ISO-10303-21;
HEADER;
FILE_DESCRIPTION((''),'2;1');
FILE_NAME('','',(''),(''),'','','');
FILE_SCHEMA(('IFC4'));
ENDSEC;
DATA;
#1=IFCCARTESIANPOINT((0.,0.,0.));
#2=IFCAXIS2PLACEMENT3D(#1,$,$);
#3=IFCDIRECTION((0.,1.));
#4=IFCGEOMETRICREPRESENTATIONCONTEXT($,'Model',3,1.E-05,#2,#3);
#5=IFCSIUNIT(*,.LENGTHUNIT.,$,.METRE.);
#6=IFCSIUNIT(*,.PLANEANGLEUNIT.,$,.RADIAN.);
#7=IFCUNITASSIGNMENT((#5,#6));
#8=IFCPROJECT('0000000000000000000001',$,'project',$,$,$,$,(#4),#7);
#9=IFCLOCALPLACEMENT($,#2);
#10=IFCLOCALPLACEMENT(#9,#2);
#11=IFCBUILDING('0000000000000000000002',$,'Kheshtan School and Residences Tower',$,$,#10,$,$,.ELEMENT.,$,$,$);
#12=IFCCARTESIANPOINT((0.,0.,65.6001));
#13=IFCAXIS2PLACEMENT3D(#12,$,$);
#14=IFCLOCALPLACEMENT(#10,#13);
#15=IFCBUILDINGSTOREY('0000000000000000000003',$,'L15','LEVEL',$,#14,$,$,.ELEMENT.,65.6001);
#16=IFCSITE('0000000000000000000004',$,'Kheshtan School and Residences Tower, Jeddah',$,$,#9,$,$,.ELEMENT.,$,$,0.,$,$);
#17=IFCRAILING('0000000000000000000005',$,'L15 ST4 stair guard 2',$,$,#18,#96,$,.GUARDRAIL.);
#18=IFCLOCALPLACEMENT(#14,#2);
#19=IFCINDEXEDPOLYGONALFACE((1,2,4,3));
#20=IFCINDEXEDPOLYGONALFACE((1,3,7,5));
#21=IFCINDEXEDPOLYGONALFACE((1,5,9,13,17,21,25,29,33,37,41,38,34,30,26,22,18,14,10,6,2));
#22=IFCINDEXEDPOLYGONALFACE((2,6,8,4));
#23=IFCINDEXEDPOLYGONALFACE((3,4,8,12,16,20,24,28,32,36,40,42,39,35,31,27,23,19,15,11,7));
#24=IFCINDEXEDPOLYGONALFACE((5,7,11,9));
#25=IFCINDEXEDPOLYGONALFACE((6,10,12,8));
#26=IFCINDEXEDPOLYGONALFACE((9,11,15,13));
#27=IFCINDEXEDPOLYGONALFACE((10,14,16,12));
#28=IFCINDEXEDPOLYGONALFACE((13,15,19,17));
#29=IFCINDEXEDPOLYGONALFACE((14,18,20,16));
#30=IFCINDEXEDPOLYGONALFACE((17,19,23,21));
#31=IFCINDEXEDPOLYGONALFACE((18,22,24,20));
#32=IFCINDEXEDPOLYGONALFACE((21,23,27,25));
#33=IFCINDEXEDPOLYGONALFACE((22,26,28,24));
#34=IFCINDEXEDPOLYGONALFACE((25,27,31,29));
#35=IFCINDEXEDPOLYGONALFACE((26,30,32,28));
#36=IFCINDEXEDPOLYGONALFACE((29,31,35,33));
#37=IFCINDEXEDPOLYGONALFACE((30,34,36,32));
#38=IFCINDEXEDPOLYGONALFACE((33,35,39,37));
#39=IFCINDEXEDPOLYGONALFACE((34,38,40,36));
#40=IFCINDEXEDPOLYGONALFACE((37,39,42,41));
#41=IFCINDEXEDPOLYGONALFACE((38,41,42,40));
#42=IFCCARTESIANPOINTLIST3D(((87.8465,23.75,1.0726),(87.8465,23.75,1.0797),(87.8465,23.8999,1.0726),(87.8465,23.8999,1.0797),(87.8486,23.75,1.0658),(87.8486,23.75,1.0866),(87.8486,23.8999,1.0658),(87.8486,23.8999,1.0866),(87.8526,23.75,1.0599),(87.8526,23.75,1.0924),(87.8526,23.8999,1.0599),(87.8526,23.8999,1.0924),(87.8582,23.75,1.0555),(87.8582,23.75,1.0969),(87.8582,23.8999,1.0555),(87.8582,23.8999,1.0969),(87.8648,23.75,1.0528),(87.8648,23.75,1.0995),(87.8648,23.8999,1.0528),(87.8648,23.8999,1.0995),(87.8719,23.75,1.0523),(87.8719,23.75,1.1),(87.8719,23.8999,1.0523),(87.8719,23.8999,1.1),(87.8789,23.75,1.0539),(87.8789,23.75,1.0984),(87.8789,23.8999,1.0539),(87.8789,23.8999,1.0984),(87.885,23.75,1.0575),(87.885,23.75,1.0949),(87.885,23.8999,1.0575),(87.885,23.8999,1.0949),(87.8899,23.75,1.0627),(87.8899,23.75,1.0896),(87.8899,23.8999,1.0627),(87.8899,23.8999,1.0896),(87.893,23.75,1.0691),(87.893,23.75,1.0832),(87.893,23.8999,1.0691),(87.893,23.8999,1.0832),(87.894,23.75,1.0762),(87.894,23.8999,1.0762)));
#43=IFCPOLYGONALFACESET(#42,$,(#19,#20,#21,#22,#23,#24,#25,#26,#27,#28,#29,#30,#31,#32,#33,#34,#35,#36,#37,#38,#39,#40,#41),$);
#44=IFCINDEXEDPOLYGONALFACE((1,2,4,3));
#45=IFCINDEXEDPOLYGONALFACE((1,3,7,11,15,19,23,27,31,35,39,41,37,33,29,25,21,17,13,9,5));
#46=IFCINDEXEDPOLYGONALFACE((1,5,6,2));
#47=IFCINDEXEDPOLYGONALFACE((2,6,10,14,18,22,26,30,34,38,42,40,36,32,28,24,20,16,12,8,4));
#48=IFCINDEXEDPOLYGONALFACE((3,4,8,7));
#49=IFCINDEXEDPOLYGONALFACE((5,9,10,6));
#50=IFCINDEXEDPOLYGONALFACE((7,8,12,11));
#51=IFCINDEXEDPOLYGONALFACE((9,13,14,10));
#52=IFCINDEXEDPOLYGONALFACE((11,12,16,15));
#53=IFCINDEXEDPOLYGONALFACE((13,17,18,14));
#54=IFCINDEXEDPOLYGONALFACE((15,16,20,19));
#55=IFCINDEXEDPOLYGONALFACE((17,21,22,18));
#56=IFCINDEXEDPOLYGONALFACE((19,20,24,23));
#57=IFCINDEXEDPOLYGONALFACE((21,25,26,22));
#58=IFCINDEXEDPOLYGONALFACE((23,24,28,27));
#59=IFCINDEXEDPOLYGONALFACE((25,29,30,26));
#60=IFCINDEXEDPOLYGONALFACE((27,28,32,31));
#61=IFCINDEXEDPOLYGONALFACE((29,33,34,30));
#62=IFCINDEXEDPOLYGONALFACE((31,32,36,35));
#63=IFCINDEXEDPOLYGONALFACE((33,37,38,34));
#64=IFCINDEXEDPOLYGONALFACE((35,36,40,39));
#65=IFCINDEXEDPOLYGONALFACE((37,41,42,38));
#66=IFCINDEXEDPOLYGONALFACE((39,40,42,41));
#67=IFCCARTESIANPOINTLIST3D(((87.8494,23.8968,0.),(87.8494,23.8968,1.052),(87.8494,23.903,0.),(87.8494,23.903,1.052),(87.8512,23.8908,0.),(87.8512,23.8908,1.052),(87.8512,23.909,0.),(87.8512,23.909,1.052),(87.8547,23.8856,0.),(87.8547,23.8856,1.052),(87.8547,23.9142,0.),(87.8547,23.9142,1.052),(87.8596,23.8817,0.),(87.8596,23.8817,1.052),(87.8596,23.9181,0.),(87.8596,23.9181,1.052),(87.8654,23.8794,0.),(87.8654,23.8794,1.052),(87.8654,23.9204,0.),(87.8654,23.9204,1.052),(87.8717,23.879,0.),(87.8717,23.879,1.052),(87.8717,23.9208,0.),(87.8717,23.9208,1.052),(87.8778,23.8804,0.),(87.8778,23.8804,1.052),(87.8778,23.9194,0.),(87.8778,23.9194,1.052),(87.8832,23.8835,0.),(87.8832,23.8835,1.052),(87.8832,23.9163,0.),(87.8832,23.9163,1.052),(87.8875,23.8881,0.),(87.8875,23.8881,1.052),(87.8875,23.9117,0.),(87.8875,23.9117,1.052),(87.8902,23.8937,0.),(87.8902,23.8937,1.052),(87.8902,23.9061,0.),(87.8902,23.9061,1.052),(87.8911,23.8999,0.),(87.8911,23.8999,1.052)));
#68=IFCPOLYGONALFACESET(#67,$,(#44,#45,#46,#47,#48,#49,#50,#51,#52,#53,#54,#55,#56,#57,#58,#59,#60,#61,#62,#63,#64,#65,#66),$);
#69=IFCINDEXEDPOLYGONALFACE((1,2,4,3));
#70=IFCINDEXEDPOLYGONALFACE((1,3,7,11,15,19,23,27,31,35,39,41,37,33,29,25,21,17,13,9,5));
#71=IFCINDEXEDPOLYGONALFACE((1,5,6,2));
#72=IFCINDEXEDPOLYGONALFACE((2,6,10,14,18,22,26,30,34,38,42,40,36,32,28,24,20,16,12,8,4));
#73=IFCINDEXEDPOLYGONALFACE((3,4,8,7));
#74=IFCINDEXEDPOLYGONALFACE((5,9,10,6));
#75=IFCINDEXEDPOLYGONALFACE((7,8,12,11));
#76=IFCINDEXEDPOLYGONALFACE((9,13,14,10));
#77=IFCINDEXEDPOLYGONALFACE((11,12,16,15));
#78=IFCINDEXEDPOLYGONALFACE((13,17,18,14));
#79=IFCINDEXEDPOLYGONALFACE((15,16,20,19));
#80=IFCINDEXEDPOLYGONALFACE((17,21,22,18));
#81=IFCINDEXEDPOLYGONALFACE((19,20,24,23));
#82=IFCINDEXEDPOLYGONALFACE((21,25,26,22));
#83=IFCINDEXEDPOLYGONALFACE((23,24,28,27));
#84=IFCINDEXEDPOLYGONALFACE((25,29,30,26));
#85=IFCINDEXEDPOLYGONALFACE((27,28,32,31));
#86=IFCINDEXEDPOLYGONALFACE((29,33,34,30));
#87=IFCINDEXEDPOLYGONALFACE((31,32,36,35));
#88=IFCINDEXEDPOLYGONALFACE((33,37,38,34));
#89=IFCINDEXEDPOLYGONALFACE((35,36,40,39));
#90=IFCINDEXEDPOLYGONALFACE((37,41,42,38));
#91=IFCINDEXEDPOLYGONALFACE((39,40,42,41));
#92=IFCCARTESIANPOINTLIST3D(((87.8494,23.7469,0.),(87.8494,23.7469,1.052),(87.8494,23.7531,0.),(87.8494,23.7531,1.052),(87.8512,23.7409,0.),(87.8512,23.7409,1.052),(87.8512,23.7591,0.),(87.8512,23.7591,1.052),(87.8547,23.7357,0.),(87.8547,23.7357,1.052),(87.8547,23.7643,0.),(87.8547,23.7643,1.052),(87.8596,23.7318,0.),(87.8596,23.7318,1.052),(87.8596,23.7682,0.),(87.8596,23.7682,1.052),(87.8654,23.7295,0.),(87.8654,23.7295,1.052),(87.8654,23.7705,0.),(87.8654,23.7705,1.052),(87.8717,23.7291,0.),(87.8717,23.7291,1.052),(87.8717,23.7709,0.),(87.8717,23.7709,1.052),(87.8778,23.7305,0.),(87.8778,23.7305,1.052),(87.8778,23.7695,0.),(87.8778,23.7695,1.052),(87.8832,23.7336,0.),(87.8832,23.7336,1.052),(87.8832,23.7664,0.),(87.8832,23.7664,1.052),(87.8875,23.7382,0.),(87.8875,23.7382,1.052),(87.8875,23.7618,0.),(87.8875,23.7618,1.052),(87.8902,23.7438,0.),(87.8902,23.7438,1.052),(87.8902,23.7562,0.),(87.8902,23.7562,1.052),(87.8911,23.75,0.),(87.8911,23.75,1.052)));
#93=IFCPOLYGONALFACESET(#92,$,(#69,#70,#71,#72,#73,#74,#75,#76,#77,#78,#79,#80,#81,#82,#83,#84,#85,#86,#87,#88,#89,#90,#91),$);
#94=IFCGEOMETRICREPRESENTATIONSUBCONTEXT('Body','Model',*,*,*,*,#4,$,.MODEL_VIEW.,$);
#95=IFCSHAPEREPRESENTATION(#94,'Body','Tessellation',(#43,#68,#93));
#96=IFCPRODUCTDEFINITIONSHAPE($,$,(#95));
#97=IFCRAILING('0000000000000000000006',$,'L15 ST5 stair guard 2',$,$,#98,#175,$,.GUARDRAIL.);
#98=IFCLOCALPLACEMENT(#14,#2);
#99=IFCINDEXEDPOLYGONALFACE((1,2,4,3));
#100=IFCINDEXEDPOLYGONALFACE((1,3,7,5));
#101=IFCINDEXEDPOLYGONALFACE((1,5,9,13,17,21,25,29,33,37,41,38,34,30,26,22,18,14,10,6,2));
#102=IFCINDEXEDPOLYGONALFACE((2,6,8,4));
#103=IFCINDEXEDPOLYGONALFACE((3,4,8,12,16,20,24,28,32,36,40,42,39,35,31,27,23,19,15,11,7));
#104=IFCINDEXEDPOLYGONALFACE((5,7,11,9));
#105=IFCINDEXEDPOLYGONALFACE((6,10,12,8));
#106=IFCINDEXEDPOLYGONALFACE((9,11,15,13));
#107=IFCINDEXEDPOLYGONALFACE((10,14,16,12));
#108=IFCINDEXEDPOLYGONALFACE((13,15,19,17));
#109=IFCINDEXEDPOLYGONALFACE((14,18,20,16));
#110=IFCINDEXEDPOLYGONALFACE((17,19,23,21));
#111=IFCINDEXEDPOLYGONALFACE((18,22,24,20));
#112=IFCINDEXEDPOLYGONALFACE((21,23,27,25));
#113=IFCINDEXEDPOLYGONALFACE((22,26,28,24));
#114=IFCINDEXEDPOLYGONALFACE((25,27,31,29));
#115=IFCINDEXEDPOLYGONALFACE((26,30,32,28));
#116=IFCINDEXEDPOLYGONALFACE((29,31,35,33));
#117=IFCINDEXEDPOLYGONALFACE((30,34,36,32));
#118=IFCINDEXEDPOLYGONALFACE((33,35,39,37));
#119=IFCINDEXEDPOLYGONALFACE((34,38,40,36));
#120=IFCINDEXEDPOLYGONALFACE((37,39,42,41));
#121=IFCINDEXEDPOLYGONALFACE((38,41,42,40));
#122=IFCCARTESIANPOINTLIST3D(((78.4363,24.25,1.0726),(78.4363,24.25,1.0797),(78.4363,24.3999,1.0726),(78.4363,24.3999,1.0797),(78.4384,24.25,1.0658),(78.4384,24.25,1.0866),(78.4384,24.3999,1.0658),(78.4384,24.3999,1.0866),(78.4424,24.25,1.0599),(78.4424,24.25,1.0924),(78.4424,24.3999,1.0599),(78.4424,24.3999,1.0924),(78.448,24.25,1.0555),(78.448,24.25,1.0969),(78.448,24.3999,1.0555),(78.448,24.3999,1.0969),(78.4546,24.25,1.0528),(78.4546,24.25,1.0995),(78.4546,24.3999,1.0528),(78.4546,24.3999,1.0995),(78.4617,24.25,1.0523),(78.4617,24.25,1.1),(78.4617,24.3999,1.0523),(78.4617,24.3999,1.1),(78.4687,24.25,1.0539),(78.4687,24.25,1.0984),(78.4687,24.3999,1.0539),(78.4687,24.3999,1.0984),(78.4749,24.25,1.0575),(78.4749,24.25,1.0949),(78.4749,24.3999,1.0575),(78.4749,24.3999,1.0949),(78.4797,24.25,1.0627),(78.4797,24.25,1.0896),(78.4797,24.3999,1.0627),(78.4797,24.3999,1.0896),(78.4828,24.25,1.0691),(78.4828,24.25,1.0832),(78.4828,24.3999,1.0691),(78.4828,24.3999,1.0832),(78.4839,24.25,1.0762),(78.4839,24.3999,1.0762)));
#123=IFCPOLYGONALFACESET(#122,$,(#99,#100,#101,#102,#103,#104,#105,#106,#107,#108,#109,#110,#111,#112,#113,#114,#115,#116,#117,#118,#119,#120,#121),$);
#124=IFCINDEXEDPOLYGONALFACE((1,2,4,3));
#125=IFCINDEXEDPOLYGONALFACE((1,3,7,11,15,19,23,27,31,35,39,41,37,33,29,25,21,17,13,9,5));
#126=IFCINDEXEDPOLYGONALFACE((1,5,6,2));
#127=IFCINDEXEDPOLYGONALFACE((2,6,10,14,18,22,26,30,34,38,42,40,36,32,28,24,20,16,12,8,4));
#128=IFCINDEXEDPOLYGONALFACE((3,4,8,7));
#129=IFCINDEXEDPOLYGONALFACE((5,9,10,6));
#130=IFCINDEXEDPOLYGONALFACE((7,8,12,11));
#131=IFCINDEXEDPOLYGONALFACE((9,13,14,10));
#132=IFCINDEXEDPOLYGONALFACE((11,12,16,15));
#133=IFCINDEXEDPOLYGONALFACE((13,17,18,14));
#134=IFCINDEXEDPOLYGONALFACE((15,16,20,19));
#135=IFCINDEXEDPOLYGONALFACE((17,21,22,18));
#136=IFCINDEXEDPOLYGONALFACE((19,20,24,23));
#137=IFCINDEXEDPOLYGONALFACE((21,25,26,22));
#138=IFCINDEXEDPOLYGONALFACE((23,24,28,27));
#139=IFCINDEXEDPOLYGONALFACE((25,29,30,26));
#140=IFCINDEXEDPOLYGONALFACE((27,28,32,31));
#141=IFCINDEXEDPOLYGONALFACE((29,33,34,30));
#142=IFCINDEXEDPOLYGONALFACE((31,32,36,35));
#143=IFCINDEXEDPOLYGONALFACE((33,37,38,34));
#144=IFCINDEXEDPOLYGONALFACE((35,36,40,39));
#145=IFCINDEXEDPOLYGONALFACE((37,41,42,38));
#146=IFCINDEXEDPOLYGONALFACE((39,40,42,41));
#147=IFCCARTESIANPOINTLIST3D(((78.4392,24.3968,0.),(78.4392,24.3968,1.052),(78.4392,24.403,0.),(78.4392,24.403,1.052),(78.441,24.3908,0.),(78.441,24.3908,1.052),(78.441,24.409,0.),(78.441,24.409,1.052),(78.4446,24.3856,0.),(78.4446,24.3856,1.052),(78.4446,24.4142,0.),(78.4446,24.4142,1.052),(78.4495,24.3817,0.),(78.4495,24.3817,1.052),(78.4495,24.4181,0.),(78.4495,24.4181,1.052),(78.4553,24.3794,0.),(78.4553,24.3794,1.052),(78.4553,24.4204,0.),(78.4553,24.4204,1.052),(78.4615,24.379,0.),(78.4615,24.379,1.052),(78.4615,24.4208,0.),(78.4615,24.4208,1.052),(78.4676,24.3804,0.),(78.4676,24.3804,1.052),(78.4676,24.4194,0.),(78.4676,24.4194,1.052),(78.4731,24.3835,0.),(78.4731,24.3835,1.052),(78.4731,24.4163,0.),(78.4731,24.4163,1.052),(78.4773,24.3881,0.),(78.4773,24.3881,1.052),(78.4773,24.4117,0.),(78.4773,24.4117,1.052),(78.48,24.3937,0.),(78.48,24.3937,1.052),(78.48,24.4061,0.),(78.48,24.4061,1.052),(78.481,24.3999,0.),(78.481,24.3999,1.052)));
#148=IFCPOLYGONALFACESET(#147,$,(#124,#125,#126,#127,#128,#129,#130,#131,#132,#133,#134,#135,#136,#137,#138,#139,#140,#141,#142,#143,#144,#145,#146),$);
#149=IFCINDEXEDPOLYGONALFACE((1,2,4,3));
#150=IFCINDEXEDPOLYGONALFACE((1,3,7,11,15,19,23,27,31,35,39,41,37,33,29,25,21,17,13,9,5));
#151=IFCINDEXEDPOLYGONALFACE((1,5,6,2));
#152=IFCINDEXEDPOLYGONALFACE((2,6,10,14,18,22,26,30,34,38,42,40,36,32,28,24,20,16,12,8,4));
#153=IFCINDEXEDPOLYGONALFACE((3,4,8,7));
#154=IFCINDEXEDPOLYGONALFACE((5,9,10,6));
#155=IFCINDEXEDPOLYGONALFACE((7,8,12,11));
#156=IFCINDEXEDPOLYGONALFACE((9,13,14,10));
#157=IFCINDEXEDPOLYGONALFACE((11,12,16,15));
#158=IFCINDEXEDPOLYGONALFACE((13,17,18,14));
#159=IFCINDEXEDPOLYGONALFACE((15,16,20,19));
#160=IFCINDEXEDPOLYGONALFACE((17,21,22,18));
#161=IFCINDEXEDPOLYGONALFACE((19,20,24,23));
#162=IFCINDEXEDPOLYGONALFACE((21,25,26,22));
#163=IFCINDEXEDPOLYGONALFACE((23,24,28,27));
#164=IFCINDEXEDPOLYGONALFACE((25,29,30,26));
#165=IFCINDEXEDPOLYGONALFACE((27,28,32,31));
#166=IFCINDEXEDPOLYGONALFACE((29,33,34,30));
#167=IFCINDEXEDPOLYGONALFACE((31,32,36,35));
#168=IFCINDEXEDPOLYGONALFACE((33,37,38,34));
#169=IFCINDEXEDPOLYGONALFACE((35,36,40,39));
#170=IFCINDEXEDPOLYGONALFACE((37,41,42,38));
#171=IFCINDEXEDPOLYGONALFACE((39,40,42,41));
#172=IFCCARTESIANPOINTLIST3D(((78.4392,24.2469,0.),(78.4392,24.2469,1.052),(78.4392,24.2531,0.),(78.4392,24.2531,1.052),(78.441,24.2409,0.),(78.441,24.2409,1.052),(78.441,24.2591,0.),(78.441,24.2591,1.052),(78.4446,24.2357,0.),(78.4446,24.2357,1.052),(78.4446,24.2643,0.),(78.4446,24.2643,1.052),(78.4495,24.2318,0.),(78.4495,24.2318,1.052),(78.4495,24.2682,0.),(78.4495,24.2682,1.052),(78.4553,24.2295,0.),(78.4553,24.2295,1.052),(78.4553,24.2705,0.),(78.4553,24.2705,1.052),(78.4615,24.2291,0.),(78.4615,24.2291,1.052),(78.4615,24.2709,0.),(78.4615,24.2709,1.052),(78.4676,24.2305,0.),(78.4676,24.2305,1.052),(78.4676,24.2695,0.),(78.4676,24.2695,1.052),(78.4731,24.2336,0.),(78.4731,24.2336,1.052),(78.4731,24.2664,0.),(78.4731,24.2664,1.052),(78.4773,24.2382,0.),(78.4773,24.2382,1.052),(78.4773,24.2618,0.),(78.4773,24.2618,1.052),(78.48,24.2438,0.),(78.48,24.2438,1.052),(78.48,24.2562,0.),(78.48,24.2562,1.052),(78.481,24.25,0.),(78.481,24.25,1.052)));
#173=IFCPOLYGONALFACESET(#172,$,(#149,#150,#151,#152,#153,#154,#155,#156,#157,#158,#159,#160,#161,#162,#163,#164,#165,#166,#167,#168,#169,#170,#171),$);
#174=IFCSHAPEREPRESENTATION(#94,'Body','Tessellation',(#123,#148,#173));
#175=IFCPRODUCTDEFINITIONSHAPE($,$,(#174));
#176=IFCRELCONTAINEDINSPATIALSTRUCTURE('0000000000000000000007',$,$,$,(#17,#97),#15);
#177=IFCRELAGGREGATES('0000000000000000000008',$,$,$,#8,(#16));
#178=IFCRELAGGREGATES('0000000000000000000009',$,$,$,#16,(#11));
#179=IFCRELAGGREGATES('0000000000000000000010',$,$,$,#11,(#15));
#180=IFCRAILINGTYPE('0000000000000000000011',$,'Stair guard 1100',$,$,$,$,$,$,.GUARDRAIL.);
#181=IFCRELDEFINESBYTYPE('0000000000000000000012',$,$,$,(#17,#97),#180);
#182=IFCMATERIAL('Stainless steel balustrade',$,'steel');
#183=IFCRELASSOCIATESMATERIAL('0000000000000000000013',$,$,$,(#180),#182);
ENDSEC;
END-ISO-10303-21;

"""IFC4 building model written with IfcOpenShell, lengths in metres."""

from ifc_helpers import new_model, si_unit, direction, frame, origin, origin_2d, place, context, subcontext, project, spatial, circle, extrude, material, type_object, element, save


model = new_model("IFC4")

# Units and contexts
model_context = context("Model", 3, precision=1e-05, world=origin(), true_north=direction((0.0, 1.0)))
body_context = subcontext(model_context, "Body", "Model", "MODEL_VIEW")
ifc_project = project(units=[si_unit("LENGTHUNIT", "METRE"), si_unit("PLANEANGLEUNIT", "RADIAN")], contexts=[model_context])

# Site, building, storey
site_placement = place(None, origin())
site = spatial("IfcSite", under=ifc_project, at=site_placement, Name="Kheshtan School and Residences Tower, Jeddah", CompositionType="ELEMENT", RefElevation=0.0)
building_placement = place(site_placement, origin())
building = spatial("IfcBuilding", under=site, at=building_placement, Name="Kheshtan School and Residences Tower", CompositionType="ELEMENT")
storey_placement = place(building_placement, frame((0.0, 0.0, 65.6001)))
storey = spatial("IfcBuildingStorey", under=building, at=storey_placement, Name="L15", Description="LEVEL", CompositionType="ELEMENT", Elevation=65.6001)

# Railings
ifc_material_1 = material(Name="Stainless steel balustrade", Category="steel")
railing_type_1 = type_object("IfcRailingType", Name="Stair guard 1100", PredefinedType="GUARDRAIL", material=ifc_material_1)
railing_1_placement = place(storey_placement, frame((87.8701, 23.8999, 0.0)))
element("IfcRailing", 1, at=railing_1_placement, inside=storey, type_object=railing_type_1, Name="L15 ST4 stair guard 2", PredefinedType="GUARDRAIL", context=body_context, shape_type="SweptSolid", body=[
    extrude(circle(Radius=0.0239, at=origin_2d()), frame((0.0, 0.0, 1.0762), z_axis=(0.0, -1.0, 0.0), x_axis=(1.0, 0.0, 0.0)), (0.0, 0.0, 1.0), 0.1499),
    extrude(circle(Radius=0.021, at=origin_2d()), origin(), (0.0, 0.0, 1.0), 1.052),
    extrude(circle(Radius=0.021, at=origin_2d()), frame((0.0, -0.1499, 0.0)), (0.0, 0.0, 1.0), 1.052),
])
railing_2_placement = place(storey_placement, frame((78.46, 24.3999, 0.0)))
element("IfcRailing", 2, at=railing_2_placement, inside=storey, type_object=railing_type_1, Name="L15 ST5 stair guard 2", PredefinedType="GUARDRAIL", context=body_context, shape_type="SweptSolid", body=[
    extrude(circle(Radius=0.0239, at=origin_2d()), frame((0.0, 0.0, 1.0762), z_axis=(0.0, -1.0, 0.0), x_axis=(1.0, 0.0, 0.0)), (0.0, 0.0, 1.0), 0.1499),
    extrude(circle(Radius=0.021, at=origin_2d()), origin(), (0.0, 0.0, 1.0), 1.052),
    extrude(circle(Radius=0.021, at=origin_2d()), frame((0.0, -0.1499, 0.0)), (0.0, 0.0, 1.0), 1.052),
])

save(model, "model.ifc")
